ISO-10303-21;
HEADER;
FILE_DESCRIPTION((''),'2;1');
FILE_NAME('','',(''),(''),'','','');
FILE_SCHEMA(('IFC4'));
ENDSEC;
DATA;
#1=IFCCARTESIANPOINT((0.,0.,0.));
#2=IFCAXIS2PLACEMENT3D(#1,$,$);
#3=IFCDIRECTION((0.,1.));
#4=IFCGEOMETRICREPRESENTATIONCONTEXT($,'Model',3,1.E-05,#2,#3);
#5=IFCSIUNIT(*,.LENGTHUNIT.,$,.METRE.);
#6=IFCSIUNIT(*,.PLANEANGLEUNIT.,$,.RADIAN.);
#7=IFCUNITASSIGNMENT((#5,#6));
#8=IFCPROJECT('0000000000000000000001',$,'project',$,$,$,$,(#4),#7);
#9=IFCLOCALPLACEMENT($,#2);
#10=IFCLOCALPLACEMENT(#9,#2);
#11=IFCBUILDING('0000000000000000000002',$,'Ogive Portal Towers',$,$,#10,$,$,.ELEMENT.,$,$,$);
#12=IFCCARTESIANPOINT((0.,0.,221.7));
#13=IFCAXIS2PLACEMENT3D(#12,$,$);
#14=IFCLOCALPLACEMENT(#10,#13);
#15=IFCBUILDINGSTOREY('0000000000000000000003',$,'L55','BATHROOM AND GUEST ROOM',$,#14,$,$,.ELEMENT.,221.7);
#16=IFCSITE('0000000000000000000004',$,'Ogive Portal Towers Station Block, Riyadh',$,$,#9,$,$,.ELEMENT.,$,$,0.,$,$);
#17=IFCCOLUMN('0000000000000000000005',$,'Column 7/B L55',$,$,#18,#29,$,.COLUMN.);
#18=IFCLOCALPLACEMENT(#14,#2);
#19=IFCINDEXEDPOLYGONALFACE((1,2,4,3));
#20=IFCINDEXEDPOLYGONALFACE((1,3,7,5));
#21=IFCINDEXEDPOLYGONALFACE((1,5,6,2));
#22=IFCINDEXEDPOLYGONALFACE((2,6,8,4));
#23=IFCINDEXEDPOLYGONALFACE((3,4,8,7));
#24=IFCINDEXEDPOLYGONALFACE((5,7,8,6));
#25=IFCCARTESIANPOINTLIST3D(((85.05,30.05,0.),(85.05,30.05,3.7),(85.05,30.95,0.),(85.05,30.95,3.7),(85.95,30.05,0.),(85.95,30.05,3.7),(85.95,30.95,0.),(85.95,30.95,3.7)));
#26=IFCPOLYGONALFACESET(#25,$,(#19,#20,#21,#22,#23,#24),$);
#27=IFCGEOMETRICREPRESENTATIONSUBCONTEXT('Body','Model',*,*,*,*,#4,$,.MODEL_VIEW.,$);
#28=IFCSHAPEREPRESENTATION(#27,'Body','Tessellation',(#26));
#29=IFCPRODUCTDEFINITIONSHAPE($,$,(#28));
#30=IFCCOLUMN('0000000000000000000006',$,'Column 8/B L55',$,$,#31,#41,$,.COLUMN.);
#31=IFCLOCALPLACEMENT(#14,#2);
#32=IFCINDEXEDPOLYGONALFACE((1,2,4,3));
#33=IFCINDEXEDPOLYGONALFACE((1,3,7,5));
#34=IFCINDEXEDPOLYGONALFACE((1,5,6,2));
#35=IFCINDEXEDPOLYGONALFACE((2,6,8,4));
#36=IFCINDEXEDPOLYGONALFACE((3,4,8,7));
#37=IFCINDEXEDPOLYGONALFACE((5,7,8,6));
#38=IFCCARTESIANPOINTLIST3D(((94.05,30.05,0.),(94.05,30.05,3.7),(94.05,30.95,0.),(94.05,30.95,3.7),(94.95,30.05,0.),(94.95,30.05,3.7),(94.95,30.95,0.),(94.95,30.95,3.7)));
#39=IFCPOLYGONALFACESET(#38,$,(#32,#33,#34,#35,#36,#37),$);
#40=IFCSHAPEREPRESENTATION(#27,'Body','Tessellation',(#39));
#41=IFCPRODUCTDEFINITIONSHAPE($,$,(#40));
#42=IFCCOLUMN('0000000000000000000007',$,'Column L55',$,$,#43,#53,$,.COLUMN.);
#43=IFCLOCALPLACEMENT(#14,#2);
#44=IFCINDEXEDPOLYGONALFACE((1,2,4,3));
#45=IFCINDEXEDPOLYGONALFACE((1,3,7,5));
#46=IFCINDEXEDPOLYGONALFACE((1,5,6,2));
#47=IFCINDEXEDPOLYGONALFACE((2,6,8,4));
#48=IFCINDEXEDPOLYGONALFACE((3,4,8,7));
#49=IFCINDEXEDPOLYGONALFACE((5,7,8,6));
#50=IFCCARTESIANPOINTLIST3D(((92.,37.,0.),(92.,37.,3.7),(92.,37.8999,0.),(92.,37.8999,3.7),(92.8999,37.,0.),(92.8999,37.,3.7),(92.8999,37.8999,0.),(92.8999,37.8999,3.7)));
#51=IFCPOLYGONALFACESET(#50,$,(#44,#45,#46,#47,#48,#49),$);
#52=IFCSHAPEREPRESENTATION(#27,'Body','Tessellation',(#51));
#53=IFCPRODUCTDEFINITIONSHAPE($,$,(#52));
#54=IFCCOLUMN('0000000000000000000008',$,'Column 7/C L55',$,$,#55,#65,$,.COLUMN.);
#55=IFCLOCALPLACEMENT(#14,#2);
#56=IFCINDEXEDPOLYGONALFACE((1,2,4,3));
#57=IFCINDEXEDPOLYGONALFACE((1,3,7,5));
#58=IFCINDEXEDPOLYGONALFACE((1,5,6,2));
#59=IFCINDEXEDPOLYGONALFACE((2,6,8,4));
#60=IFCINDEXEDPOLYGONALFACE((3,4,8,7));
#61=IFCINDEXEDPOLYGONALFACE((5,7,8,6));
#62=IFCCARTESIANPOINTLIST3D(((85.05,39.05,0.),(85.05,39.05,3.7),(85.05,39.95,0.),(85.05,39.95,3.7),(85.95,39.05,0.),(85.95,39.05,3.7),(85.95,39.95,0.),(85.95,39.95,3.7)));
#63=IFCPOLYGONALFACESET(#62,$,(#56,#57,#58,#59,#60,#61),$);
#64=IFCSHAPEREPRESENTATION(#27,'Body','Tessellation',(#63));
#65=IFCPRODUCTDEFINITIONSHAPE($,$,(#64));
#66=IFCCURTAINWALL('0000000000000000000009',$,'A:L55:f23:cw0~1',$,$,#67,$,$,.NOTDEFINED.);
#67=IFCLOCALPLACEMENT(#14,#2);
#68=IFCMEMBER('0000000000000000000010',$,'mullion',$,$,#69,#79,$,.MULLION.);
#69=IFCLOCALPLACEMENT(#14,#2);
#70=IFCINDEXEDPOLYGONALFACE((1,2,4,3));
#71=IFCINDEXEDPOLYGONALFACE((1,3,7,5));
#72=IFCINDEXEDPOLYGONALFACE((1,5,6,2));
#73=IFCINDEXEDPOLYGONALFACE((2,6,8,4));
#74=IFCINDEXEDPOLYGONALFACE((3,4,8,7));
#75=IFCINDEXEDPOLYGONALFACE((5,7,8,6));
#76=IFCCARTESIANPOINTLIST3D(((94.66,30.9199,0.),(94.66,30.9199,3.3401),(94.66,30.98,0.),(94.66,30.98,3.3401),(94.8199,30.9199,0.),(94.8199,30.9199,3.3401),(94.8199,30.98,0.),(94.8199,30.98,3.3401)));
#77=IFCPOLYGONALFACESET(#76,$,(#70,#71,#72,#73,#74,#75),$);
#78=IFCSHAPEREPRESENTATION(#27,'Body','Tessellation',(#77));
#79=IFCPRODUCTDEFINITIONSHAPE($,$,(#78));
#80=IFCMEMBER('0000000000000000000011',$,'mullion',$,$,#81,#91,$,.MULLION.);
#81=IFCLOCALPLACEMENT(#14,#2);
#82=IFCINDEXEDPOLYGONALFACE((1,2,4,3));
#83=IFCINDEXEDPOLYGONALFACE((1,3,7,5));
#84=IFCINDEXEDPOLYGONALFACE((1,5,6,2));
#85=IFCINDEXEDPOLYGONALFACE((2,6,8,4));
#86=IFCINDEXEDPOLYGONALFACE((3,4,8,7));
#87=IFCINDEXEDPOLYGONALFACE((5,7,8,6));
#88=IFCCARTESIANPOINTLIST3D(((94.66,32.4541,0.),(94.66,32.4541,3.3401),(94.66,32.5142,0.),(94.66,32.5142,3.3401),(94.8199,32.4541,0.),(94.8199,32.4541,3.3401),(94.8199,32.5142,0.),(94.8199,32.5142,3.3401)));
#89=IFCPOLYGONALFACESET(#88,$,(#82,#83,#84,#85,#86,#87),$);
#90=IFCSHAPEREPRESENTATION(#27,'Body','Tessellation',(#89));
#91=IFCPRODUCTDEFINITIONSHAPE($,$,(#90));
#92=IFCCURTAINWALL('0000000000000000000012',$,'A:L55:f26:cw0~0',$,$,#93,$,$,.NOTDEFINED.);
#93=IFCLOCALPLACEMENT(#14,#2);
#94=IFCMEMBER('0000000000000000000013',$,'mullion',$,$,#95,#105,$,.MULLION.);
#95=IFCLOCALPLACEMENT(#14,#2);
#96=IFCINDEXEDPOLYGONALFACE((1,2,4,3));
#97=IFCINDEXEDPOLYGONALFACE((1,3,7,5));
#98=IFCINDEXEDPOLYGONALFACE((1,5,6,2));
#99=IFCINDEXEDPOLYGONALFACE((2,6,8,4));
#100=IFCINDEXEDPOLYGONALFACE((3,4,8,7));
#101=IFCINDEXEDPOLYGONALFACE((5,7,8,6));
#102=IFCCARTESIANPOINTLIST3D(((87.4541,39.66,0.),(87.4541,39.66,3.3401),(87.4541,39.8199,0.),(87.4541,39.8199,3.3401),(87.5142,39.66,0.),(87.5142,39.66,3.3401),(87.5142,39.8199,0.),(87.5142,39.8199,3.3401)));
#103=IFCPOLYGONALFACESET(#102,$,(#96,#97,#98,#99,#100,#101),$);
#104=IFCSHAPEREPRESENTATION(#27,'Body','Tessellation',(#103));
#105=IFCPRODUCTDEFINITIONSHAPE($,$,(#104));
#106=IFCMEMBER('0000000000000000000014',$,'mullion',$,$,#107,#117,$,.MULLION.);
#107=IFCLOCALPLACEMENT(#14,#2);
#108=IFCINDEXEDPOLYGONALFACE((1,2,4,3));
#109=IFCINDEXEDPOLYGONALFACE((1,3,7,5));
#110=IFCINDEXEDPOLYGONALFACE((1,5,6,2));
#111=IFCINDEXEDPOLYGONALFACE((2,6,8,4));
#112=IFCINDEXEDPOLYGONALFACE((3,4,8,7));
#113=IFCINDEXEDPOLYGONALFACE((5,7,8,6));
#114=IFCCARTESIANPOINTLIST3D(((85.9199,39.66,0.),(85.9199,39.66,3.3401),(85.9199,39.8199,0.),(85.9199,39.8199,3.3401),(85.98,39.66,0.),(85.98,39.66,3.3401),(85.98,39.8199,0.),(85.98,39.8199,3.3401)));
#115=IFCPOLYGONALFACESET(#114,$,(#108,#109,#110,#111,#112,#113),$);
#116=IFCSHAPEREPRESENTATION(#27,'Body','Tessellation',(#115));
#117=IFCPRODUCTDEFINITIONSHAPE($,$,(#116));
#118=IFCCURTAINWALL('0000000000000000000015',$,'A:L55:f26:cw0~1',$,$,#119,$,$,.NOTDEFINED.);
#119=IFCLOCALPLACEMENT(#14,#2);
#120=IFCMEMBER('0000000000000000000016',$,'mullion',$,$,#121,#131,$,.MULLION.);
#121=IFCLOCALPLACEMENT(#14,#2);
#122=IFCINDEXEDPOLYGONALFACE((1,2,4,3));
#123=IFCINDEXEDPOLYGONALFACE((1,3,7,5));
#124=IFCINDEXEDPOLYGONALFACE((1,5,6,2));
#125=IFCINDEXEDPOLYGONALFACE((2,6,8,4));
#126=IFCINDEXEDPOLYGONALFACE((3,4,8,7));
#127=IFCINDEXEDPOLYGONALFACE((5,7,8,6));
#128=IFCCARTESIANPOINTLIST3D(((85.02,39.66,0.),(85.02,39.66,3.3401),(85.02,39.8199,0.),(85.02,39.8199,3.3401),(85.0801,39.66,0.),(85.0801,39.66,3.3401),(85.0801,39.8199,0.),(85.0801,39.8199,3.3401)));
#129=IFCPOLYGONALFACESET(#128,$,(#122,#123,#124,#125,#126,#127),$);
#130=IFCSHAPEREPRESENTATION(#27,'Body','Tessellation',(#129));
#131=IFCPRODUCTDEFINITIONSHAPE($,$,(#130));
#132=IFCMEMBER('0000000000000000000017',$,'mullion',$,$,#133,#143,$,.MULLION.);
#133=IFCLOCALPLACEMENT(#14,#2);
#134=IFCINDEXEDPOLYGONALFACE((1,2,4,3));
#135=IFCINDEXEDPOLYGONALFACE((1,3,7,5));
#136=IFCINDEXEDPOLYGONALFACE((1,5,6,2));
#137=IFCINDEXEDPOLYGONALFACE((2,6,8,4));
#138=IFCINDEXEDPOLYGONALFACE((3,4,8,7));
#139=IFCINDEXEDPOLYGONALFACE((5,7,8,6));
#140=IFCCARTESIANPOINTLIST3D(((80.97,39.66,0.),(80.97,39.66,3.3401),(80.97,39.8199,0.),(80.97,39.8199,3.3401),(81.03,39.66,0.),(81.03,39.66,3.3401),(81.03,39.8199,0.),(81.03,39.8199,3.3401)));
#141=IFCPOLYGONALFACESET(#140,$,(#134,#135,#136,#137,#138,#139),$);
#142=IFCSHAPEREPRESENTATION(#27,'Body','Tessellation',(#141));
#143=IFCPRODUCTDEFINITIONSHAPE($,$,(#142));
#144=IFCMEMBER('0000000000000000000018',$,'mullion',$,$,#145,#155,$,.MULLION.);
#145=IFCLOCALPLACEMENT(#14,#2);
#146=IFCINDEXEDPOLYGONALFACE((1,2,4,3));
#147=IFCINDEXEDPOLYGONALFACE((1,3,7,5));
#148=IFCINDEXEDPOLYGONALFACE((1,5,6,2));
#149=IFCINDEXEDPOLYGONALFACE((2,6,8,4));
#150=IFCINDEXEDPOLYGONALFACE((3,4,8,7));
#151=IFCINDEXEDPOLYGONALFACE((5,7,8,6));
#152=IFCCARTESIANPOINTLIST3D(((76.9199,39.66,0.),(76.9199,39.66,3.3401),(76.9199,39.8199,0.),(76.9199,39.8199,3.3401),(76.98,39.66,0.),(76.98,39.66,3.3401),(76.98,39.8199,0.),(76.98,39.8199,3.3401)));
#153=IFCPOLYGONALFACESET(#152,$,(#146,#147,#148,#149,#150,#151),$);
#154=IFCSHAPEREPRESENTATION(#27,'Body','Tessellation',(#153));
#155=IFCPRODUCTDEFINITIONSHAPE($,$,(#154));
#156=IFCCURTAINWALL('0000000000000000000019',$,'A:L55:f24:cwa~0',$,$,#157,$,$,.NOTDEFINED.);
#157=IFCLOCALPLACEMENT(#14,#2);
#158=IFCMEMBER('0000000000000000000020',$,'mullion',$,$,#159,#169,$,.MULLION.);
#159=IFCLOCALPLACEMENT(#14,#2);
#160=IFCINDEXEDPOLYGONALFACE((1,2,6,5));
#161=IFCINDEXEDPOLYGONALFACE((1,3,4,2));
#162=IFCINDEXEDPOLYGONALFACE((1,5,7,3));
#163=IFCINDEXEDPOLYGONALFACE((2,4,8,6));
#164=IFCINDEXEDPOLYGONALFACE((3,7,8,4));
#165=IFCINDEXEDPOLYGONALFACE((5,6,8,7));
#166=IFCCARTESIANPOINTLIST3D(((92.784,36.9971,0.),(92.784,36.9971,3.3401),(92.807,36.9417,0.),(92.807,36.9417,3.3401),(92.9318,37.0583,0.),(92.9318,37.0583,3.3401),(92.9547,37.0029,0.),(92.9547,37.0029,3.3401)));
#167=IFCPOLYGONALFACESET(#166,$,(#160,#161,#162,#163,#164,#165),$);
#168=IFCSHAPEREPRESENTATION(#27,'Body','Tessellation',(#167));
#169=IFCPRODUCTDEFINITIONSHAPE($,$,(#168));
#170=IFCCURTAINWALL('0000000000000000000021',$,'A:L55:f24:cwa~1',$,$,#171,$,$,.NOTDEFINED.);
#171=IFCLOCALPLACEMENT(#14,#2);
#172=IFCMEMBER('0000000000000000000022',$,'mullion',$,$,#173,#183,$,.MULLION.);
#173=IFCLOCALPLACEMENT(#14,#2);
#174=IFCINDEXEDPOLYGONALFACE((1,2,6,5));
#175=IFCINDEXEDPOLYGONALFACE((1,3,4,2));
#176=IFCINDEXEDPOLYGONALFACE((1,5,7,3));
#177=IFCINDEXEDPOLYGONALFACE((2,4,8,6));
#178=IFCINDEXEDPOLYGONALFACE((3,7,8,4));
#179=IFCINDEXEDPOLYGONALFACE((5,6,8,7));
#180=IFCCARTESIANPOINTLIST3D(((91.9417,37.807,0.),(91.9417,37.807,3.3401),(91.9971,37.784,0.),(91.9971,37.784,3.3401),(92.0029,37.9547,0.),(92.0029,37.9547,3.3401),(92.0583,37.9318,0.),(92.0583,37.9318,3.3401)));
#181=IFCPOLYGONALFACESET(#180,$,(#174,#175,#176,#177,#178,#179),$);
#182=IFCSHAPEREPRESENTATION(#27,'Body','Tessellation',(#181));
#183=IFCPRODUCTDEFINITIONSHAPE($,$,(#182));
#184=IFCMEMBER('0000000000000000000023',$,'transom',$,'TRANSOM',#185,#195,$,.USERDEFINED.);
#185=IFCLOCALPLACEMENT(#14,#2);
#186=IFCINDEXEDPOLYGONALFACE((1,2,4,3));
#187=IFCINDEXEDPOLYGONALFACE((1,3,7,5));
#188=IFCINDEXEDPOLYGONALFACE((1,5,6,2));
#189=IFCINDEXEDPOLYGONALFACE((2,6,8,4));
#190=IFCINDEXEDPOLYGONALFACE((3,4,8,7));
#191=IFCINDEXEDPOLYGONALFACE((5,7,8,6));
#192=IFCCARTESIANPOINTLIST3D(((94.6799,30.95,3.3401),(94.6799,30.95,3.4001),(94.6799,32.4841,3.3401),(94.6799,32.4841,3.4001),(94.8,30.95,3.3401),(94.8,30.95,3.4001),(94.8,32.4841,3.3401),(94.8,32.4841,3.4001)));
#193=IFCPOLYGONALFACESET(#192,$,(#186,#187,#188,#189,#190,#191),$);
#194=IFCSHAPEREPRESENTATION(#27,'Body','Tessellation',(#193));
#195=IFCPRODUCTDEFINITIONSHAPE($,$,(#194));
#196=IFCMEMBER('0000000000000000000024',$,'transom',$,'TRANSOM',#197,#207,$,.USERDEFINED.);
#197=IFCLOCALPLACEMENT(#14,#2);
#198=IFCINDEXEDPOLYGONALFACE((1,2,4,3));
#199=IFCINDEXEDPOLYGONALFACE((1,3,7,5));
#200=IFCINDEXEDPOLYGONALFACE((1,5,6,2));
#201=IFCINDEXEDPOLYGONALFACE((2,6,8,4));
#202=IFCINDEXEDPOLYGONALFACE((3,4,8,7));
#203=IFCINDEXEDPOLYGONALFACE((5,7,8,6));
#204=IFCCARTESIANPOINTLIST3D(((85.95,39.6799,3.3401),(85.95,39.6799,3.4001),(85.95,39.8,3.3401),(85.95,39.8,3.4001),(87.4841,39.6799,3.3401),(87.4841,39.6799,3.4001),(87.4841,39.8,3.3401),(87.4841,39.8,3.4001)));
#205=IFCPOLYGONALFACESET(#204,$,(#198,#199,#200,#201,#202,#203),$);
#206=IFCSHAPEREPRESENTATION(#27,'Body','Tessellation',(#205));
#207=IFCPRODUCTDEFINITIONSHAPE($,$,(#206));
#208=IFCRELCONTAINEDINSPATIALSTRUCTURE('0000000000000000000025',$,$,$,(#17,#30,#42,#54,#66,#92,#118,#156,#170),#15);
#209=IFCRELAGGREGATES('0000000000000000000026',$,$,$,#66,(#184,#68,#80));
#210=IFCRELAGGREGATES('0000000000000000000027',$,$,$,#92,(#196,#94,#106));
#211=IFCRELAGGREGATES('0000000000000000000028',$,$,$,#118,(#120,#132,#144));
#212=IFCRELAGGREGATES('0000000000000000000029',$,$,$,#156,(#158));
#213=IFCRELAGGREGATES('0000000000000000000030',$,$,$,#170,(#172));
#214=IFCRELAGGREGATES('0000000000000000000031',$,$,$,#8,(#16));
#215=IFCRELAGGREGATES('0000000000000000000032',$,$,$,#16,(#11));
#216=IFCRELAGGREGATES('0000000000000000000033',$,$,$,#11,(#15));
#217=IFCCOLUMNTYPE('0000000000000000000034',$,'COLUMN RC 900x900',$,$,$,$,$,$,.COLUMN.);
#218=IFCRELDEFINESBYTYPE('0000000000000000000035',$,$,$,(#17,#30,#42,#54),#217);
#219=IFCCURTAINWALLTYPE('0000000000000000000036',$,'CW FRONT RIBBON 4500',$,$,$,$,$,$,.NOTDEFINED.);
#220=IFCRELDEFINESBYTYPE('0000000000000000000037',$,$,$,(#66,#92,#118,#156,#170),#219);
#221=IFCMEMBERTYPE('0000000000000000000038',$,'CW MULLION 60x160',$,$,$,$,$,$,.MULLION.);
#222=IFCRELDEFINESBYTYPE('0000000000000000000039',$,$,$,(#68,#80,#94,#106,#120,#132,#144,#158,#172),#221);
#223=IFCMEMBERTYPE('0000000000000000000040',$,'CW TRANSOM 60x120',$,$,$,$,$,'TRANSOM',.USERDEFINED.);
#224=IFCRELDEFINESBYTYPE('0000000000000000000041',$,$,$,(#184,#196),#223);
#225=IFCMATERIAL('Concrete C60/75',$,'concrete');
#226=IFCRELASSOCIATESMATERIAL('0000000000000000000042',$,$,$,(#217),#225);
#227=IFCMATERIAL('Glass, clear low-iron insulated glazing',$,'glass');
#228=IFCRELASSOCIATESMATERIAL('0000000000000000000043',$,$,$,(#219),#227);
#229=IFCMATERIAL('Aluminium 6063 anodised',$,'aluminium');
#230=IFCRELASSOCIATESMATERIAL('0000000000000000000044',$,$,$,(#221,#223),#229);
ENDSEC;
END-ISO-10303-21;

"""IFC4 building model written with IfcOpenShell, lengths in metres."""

from ifc_helpers import new_model, si_unit, direction, frame, origin, origin_2d, place, context, subcontext, project, spatial, rectangle, extrude, material, material_profile, profile_set, type_object, element, aggregate, save


model = new_model("IFC4")

# Units and contexts
model_context = context("Model", 3, precision=1e-05, world=origin(), true_north=direction((0.0, 1.0)))
body_context = subcontext(model_context, "Body", "Model", "MODEL_VIEW")
ifc_project = project(units=[si_unit("LENGTHUNIT", "METRE"), si_unit("PLANEANGLEUNIT", "RADIAN")], contexts=[model_context])

# Site, building, storey
site_placement = place(None, origin())
site = spatial("IfcSite", under=ifc_project, at=site_placement, Name="Ogive Portal Towers Station Block, Riyadh", CompositionType="ELEMENT", RefElevation=0.0)
building_placement = place(site_placement, origin())
building = spatial("IfcBuilding", under=site, at=building_placement, Name="Ogive Portal Towers", CompositionType="ELEMENT")
storey_placement = place(building_placement, frame((0.0, 0.0, 221.7)))
storey = spatial("IfcBuildingStorey", under=building, at=storey_placement, Name="L55", Description="BATHROOM AND GUEST ROOM", CompositionType="ELEMENT", Elevation=221.7)

# Columns
ifc_material_1 = material(Name="Concrete C60/75", Category="concrete")
ifc_material_profile_1 = material_profile(ifc_material_1, rectangle(XDim=0.8999, YDim=0.8999, at=origin_2d()), Name="RC 900x900")
ifc_profile_set_1 = profile_set([ifc_material_profile_1], Name="Concrete C60/75")
column_type = type_object("IfcColumnType", Name="COLUMN RC 900x900", PredefinedType="COLUMN", material=ifc_profile_set_1)
for number, where, z_axis, x_axis, name in (
    (1, (85.5, 30.5, 0.0), (0.0, 0.0, 1.0), (1.0, 0.0, 0.0), "Column 7/B L55"),
    (2, (94.5, 30.5, 0.0), (0.0, 0.0, 1.0), (1.0, 0.0, 0.0), "Column 8/B L55"),
    (3, (92.45, 37.45, 0.0), (0.0, 0.0, 1.0), (1.0, 0.0, 0.0), "Column L55"),
    (4, (85.5, 39.5, 0.0), (0.0, 0.0, 1.0), (1.0, 0.0, 0.0), "Column 7/C L55"),
):
    element("IfcColumn", number, at=place(storey_placement, frame(where, z_axis=z_axis, x_axis=x_axis)), inside=storey, type_object=column_type, Name=name, PredefinedType="COLUMN", context=body_context, shape_type="SweptSolid", body=[
        extrude(rectangle(XDim=0.8999, YDim=0.8999, at=origin_2d()), origin(), (0.0, 0.0, 1.0), 3.7),
    ])

# Curtain walls, members
ifc_material_2 = material(Name="Glass, clear low-iron insulated glazing", Category="glass")
curtain_wall_type = type_object("IfcCurtainWallType", Name="CW FRONT RIBBON 4500", PredefinedType="NOTDEFINED", material=ifc_material_2)
curtain_wall_1_placement = place(storey_placement, origin())
curtain_wall_1 = element("IfcCurtainWall", 5, at=curtain_wall_1_placement, inside=storey, type_object=curtain_wall_type, Name="A:L55:f23:cw0~1", PredefinedType="NOTDEFINED")
ifc_material_3 = material(Name="Aluminium 6063 anodised", Category="aluminium")
ifc_material_profile_2 = material_profile(ifc_material_3, rectangle(XDim=0.1599, YDim=0.0601, at=origin_2d()), Name="AL 60x160")
ifc_profile_set_2 = profile_set([ifc_material_profile_2], Name="Aluminium 6063 anodised")
member_type_1 = type_object("IfcMemberType", Name="CW MULLION 60x160", PredefinedType="MULLION", material=ifc_profile_set_2)
member_1_placement = place(storey_placement, frame((94.74, 30.95, 0.0), z_axis=(0.0, 0.0, 1.0), x_axis=(-1.0, 0.0, 0.0)))
member_1 = element("IfcMember", 6, at=member_1_placement, type_object=member_type_1, Name="mullion", PredefinedType="MULLION", context=body_context, shape_type="SweptSolid", body=[
    extrude(rectangle(XDim=0.1599, YDim=0.0601, at=origin_2d()), origin(), (0.0, 0.0, 1.0), 3.3401),
])
member_2_placement = place(storey_placement, frame((94.74, 32.4841, 0.0), z_axis=(0.0, 0.0, 1.0), x_axis=(-1.0, 0.0, 0.0)))
member_2 = element("IfcMember", 7, at=member_2_placement, type_object=member_type_1, Name="mullion", PredefinedType="MULLION", context=body_context, shape_type="SweptSolid", body=[
    extrude(rectangle(XDim=0.1599, YDim=0.0601, at=origin_2d()), origin(), (0.0, 0.0, 1.0), 3.3401),
])
curtain_wall_2_placement = place(storey_placement, origin())
curtain_wall_2 = element("IfcCurtainWall", 8, at=curtain_wall_2_placement, inside=storey, type_object=curtain_wall_type, Name="A:L55:f26:cw0~0", PredefinedType="NOTDEFINED")
member_3_placement = place(storey_placement, frame((87.4841, 39.74, 0.0), z_axis=(0.0, 0.0, 1.0), x_axis=(0.0, -1.0, 0.0)))
member_3 = element("IfcMember", 9, at=member_3_placement, type_object=member_type_1, Name="mullion", PredefinedType="MULLION", context=body_context, shape_type="SweptSolid", body=[
    extrude(rectangle(XDim=0.1599, YDim=0.0601, at=origin_2d()), origin(), (0.0, 0.0, 1.0), 3.3401),
])
member_4_placement = place(storey_placement, frame((85.95, 39.74, 0.0), z_axis=(0.0, 0.0, 1.0), x_axis=(0.0, -1.0, 0.0)))
member_4 = element("IfcMember", 10, at=member_4_placement, type_object=member_type_1, Name="mullion", PredefinedType="MULLION", context=body_context, shape_type="SweptSolid", body=[
    extrude(rectangle(XDim=0.1599, YDim=0.0601, at=origin_2d()), origin(), (0.0, 0.0, 1.0), 3.3401),
])
curtain_wall_3_placement = place(storey_placement, origin())
curtain_wall_3 = element("IfcCurtainWall", 11, at=curtain_wall_3_placement, inside=storey, type_object=curtain_wall_type, Name="A:L55:f26:cw0~1", PredefinedType="NOTDEFINED")
member_5_placement = place(storey_placement, frame((85.05, 39.74, 0.0), z_axis=(0.0, 0.0, 1.0), x_axis=(0.0, -1.0, 0.0)))
member_5 = element("IfcMember", 12, at=member_5_placement, type_object=member_type_1, Name="mullion", PredefinedType="MULLION", context=body_context, shape_type="SweptSolid", body=[
    extrude(rectangle(XDim=0.1599, YDim=0.0601, at=origin_2d()), origin(), (0.0, 0.0, 1.0), 3.3401),
])
member_6_placement = place(storey_placement, frame((81.0, 39.74, 0.0), z_axis=(0.0, 0.0, 1.0), x_axis=(0.0, -1.0, 0.0)))
member_6 = element("IfcMember", 13, at=member_6_placement, type_object=member_type_1, Name="mullion", PredefinedType="MULLION", context=body_context, shape_type="SweptSolid", body=[
    extrude(rectangle(XDim=0.1599, YDim=0.0601, at=origin_2d()), origin(), (0.0, 0.0, 1.0), 3.3401),
])
member_7_placement = place(storey_placement, frame((76.95, 39.74, 0.0), z_axis=(0.0, 0.0, 1.0), x_axis=(0.0, -1.0, 0.0)))
member_7 = element("IfcMember", 14, at=member_7_placement, type_object=member_type_1, Name="mullion", PredefinedType="MULLION", context=body_context, shape_type="SweptSolid", body=[
    extrude(rectangle(XDim=0.1599, YDim=0.0601, at=origin_2d()), origin(), (0.0, 0.0, 1.0), 3.3401),
])

# Curtain walls, members
curtain_wall_4_placement = place(storey_placement, origin())
curtain_wall_4 = element("IfcCurtainWall", 15, at=curtain_wall_4_placement, inside=storey, type_object=curtain_wall_type, Name="A:L55:f24:cwa~0", PredefinedType="NOTDEFINED")
member_8_placement = place(storey_placement, frame((92.8694, 37.0, 0.0), z_axis=(0.0, 0.0, 1.0), x_axis=(-0.92388, -0.382683, 0.0)))
member_8 = element("IfcMember", 16, at=member_8_placement, type_object=member_type_1, Name="mullion", PredefinedType="MULLION", context=body_context, shape_type="SweptSolid", body=[
    extrude(rectangle(XDim=0.1599, YDim=0.0601, at=origin_2d()), origin(), (0.0, 0.0, 1.0), 3.3401),
])
curtain_wall_5_placement = place(storey_placement, origin())
curtain_wall_5 = element("IfcCurtainWall", 17, at=curtain_wall_5_placement, inside=storey, type_object=curtain_wall_type, Name="A:L55:f24:cwa~1", PredefinedType="NOTDEFINED")
member_9_placement = place(storey_placement, frame((92.0, 37.8694, 0.0), z_axis=(0.0, 0.0, 1.0), x_axis=(-0.382683, -0.92388, 0.0)))
member_9 = element("IfcMember", 18, at=member_9_placement, type_object=member_type_1, Name="mullion", PredefinedType="MULLION", context=body_context, shape_type="SweptSolid", body=[
    extrude(rectangle(XDim=0.1599, YDim=0.0601, at=origin_2d()), origin(), (0.0, 0.0, 1.0), 3.3401),
])

# Members
ifc_material_profile_3 = material_profile(ifc_material_3, rectangle(XDim=0.1201, YDim=0.0601, at=origin_2d()), Name="AL 120x60")
ifc_profile_set_3 = profile_set([ifc_material_profile_3], Name="Aluminium 6063 anodised")
member_type_2 = type_object("IfcMemberType", Name="CW TRANSOM 60x120", ElementType="TRANSOM", PredefinedType="USERDEFINED", material=ifc_profile_set_3)
member_10_placement = place(storey_placement, frame((94.74, 30.95, 3.3701), z_axis=(0.0, 1.0, 0.0), x_axis=(-1.0, 0.0, 0.0)))
member_10 = element("IfcMember", 19, at=member_10_placement, type_object=member_type_2, Name="transom", ObjectType="TRANSOM", PredefinedType="USERDEFINED", context=body_context, shape_type="SweptSolid", body=[
    extrude(rectangle(XDim=0.1201, YDim=0.0601, at=origin_2d()), origin(), (0.0, 0.0, 1.0), 1.5342),
])
member_11_placement = place(storey_placement, frame((87.4841, 39.74, 3.3701), z_axis=(-1.0, 0.0, 0.0), x_axis=(0.0, -1.0, 0.0)))
member_11 = element("IfcMember", 20, at=member_11_placement, type_object=member_type_2, Name="transom", ObjectType="TRANSOM", PredefinedType="USERDEFINED", context=body_context, shape_type="SweptSolid", body=[
    extrude(rectangle(XDim=0.1201, YDim=0.0601, at=origin_2d()), origin(), (0.0, 0.0, 1.0), 1.5342),
])

aggregate(curtain_wall_1, [member_10, member_1, member_2])
aggregate(curtain_wall_2, [member_11, member_3, member_4])
aggregate(curtain_wall_3, [member_5, member_6, member_7])
aggregate(curtain_wall_4, [member_8])
aggregate(curtain_wall_5, [member_9])

save(model, "model.ifc")
